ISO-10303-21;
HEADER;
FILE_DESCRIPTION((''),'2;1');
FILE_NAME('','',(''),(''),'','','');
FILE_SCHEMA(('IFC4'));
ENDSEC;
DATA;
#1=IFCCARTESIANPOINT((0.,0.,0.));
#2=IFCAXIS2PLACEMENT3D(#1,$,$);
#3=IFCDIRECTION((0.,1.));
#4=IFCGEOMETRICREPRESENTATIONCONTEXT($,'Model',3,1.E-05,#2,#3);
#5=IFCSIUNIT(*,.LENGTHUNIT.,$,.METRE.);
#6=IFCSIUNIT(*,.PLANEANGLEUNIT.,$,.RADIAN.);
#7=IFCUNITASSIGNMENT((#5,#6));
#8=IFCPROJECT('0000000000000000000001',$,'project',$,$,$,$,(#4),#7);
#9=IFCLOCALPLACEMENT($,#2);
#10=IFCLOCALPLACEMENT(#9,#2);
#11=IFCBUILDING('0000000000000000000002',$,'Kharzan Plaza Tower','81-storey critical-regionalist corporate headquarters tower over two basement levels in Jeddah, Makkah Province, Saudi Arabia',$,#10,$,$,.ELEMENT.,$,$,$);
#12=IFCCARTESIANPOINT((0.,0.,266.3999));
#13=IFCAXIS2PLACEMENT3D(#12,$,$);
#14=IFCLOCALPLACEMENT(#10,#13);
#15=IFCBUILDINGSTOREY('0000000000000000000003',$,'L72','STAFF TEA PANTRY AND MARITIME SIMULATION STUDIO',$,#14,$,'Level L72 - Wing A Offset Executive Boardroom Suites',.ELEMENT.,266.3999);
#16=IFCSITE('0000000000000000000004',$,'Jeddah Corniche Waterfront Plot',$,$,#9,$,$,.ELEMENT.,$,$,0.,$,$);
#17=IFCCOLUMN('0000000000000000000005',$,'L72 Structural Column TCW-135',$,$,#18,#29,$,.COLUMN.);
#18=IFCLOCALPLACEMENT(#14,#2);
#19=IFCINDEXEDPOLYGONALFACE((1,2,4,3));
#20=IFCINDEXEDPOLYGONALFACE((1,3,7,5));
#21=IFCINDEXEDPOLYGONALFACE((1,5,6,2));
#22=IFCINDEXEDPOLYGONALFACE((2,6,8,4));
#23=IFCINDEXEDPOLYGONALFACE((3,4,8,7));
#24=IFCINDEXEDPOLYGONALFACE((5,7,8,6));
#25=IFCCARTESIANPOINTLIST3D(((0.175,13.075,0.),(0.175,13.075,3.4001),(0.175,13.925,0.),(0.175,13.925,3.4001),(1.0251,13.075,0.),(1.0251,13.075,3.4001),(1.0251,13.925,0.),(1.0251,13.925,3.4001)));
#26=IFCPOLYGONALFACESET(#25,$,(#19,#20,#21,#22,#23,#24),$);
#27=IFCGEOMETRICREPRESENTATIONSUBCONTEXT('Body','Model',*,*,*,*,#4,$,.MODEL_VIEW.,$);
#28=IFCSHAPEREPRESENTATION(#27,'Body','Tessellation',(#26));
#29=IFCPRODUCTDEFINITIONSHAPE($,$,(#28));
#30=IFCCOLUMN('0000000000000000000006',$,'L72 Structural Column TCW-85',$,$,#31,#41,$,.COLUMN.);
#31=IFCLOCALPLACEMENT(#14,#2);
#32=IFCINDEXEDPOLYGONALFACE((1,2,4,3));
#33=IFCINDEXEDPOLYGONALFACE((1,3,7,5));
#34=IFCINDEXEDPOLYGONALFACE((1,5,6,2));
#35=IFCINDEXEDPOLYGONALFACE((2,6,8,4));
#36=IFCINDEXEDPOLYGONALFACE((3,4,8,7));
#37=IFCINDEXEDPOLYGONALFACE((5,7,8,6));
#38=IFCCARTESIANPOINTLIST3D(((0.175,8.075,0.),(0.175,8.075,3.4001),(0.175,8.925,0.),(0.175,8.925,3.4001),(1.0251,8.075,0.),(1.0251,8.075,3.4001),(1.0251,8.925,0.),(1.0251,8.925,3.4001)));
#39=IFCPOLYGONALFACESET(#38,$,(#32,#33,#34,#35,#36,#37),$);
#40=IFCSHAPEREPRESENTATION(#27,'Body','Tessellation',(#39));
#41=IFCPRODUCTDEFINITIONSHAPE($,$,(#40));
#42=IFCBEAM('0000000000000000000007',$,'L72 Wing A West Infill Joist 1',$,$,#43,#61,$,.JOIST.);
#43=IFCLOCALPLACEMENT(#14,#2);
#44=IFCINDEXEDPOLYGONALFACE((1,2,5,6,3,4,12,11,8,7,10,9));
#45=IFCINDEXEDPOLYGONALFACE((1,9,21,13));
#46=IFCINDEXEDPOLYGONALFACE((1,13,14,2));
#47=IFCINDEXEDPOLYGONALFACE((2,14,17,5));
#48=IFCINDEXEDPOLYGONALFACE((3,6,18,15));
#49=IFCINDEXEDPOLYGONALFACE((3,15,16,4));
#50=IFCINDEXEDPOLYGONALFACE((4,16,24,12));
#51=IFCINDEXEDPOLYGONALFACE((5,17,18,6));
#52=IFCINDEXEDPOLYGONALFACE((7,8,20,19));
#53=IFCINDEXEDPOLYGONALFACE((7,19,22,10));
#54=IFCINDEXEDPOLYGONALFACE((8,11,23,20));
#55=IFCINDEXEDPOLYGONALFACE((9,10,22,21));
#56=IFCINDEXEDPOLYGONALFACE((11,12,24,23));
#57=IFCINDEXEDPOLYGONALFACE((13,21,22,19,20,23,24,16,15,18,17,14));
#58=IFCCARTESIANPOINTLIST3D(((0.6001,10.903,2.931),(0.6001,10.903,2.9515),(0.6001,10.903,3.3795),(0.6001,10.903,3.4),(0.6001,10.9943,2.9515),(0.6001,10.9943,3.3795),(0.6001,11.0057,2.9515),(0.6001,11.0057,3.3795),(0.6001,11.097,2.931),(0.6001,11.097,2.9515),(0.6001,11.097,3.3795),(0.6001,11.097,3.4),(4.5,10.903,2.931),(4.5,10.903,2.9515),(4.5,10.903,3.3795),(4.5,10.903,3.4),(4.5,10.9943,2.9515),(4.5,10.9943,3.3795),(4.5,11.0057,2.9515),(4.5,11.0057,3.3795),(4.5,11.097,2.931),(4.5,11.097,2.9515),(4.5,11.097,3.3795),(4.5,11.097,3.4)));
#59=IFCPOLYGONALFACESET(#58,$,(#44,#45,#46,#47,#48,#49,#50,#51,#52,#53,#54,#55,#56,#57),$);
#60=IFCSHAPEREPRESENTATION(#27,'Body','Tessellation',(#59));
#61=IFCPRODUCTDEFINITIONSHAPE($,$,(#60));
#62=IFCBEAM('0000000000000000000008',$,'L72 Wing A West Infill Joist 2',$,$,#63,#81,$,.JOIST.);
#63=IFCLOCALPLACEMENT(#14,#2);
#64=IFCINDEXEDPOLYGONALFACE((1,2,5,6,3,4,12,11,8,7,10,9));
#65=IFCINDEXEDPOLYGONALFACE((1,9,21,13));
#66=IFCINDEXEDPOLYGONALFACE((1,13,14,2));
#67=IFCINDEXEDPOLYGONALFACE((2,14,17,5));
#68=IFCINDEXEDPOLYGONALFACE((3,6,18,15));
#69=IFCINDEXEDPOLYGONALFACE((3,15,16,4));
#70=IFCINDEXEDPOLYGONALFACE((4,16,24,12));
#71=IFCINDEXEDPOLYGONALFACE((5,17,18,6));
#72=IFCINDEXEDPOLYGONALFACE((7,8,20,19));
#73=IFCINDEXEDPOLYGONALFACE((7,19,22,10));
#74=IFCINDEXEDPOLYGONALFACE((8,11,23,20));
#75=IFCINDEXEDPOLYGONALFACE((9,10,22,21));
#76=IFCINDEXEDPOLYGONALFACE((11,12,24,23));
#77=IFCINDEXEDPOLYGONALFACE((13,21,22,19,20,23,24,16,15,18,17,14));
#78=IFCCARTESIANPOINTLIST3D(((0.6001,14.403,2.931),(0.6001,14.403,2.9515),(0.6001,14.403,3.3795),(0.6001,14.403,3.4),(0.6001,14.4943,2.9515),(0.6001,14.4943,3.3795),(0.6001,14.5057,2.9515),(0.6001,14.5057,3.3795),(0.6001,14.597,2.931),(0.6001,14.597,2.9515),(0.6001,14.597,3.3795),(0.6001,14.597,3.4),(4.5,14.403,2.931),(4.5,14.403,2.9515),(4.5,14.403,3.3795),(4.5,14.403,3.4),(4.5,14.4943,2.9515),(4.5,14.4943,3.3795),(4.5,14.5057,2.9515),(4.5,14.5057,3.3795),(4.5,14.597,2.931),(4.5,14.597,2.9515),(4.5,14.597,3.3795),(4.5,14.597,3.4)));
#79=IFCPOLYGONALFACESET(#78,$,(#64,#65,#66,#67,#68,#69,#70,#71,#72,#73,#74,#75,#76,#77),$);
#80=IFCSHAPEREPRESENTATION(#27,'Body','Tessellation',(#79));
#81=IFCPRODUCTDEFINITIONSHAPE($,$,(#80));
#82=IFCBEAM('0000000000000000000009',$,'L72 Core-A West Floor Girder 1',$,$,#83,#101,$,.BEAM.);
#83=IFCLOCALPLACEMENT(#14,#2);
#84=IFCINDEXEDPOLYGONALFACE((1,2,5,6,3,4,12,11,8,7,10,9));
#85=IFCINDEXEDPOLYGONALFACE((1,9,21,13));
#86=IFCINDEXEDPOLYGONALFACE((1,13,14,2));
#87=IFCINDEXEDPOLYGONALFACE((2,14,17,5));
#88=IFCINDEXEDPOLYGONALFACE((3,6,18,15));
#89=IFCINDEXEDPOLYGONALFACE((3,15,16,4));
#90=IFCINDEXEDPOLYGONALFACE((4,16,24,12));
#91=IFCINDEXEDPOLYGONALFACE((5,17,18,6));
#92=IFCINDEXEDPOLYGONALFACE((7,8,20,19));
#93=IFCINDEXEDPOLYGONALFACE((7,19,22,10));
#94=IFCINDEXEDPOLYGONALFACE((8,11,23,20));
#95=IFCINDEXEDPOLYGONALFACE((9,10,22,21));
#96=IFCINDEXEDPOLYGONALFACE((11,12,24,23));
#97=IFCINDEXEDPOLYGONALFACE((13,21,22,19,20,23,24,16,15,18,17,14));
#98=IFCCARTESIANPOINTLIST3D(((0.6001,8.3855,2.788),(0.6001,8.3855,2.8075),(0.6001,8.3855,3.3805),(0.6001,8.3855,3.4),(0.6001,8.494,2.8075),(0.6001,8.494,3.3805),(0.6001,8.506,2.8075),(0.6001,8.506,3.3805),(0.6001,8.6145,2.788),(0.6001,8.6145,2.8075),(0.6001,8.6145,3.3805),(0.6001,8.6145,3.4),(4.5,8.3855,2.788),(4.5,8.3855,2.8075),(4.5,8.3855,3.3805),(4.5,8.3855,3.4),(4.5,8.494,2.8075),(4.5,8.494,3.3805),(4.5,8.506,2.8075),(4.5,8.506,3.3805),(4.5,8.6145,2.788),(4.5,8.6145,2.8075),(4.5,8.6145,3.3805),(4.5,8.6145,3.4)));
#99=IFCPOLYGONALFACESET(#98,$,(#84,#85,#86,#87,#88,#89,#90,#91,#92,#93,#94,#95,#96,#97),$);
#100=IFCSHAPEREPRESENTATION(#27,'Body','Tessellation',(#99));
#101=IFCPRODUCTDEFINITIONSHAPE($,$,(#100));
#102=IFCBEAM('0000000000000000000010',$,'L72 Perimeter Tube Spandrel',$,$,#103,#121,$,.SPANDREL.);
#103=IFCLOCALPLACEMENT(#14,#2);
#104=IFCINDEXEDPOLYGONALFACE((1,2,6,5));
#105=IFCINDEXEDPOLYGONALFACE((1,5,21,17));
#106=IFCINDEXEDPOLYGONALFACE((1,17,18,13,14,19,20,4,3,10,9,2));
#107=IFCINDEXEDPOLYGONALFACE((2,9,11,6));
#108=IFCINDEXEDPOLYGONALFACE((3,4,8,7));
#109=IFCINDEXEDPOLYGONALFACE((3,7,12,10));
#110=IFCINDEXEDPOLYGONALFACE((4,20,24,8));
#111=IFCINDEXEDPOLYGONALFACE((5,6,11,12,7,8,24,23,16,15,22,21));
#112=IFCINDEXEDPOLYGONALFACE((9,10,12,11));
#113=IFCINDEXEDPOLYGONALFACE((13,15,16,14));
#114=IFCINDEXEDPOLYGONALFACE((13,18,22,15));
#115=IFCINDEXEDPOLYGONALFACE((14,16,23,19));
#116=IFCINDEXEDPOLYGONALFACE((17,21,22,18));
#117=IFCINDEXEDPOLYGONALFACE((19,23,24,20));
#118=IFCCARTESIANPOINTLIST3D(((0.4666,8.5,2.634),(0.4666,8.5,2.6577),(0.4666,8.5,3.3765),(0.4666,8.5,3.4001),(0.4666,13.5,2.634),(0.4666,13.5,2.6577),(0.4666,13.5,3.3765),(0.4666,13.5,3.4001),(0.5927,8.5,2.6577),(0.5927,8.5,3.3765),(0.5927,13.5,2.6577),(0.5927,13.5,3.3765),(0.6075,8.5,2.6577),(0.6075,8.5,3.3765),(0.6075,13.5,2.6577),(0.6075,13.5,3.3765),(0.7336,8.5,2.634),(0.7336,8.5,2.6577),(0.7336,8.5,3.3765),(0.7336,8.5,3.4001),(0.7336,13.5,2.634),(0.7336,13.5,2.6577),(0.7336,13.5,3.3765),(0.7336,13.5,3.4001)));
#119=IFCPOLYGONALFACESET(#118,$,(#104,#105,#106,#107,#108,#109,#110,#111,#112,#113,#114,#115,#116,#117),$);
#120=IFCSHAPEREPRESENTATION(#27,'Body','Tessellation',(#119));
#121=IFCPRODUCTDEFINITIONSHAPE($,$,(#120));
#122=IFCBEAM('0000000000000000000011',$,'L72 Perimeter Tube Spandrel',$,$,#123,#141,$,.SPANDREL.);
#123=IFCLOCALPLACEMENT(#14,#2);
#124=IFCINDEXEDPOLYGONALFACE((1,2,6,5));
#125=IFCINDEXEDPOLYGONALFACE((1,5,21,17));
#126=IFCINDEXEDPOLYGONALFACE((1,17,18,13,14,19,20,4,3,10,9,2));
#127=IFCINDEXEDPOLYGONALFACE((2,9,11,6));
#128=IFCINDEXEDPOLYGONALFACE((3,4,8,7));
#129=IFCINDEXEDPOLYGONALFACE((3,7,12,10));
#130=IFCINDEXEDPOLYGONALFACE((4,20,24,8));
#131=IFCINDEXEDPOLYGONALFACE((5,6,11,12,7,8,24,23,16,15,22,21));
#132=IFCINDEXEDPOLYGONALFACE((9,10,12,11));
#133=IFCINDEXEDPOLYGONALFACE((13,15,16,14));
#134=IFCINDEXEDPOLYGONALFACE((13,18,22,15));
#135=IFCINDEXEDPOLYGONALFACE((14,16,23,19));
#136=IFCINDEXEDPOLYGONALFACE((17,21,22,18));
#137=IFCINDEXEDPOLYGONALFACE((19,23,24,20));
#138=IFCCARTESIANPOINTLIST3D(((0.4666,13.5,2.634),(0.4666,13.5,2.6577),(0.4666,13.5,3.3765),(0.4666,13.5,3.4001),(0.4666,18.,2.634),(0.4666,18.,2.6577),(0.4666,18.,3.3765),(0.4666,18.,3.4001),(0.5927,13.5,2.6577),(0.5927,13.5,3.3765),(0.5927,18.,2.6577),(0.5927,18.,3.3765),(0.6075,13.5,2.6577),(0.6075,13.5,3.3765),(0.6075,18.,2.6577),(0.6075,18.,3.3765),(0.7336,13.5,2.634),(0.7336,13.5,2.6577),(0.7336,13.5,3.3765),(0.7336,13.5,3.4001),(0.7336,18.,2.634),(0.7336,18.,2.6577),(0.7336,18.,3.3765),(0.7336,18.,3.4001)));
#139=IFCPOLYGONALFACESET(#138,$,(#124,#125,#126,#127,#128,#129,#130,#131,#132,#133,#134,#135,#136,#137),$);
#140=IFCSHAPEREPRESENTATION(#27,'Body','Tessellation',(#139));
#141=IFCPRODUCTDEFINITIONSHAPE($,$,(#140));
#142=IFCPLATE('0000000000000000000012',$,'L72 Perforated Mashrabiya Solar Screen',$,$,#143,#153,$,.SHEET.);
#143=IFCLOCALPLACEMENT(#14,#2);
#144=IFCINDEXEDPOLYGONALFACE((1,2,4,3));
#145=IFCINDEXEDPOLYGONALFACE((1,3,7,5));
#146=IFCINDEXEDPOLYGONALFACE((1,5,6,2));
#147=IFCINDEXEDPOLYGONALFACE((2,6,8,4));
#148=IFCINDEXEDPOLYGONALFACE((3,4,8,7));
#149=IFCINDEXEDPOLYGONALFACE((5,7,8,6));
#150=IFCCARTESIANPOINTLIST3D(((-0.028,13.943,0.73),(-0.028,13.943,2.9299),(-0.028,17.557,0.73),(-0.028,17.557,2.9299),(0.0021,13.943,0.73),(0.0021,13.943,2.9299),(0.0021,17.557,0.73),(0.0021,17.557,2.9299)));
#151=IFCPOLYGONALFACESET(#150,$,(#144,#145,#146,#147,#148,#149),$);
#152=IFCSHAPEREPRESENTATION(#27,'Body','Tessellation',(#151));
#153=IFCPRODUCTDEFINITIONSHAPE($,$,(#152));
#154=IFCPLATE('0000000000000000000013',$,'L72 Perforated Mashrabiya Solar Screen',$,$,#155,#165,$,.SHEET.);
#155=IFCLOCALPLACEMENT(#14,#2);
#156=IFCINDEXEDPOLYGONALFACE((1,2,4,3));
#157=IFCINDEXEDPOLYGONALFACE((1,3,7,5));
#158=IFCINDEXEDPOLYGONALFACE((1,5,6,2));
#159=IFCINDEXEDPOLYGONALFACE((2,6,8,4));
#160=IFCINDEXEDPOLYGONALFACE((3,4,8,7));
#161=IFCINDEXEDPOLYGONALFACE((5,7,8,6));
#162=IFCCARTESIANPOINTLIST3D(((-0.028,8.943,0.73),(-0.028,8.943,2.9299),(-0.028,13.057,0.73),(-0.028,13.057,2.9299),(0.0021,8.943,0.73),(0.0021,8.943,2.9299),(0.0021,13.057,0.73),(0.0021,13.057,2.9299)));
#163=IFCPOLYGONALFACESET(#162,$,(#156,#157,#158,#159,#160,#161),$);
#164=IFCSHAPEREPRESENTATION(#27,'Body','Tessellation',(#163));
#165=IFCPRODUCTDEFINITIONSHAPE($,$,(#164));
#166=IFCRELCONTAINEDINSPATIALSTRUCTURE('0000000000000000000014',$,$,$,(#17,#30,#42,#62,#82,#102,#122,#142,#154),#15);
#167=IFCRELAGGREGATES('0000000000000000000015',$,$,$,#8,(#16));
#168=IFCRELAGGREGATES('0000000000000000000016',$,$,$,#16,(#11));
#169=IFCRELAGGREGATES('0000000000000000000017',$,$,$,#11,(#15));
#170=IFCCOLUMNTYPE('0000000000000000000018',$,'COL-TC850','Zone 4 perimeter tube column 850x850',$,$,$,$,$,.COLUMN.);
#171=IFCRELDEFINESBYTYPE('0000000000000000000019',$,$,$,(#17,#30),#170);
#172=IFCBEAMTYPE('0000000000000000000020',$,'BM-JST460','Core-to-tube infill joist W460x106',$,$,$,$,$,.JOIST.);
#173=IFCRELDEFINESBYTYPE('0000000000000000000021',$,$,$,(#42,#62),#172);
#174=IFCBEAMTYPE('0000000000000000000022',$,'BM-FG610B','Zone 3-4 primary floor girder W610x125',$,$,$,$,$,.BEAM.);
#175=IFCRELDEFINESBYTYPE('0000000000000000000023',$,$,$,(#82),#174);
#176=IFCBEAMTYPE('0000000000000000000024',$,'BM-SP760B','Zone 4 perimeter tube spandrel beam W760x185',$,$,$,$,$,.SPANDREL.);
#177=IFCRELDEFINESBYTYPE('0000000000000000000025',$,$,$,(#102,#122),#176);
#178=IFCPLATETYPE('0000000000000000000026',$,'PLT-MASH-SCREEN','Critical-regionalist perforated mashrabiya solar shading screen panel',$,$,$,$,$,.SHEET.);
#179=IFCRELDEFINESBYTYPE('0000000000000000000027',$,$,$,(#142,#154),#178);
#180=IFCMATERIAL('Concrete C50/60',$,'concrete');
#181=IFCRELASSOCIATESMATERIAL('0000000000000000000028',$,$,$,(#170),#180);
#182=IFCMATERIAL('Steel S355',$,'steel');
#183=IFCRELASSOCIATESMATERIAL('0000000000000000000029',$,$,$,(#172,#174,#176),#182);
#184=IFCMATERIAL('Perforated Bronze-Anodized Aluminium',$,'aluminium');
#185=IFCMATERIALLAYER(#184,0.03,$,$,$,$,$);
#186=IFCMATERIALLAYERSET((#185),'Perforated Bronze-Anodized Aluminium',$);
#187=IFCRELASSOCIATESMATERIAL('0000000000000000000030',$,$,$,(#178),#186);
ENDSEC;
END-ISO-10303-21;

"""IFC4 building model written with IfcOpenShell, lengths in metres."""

from ifc_helpers import new_model, si_unit, direction, frame, origin, origin_2d, place, context, subcontext, project, spatial, rectangle, i_section, extrude, source, transform, mapped, material, layer, layer_set, material_profile, profile_set, type_object, element, save


model = new_model("IFC4")

# Units and contexts
model_context = context("Model", 3, precision=1e-05, world=origin(), true_north=direction((0.0, 1.0)))
body_context = subcontext(model_context, "Body", "Model", "MODEL_VIEW")
ifc_project = project(units=[si_unit("LENGTHUNIT", "METRE"), si_unit("PLANEANGLEUNIT", "RADIAN")], contexts=[model_context])

# Site, building, storey
site_placement = place(None, origin())
site = spatial("IfcSite", under=ifc_project, at=site_placement, Name="Jeddah Corniche Waterfront Plot", CompositionType="ELEMENT", RefElevation=0.0)
building_placement = place(site_placement, origin())
building = spatial("IfcBuilding", under=site, at=building_placement, Name="Kharzan Plaza Tower", Description="81-storey critical-regionalist corporate headquarters tower over two basement levels in Jeddah, Makkah Province, Saudi Arabia", CompositionType="ELEMENT")
storey_placement = place(building_placement, frame((0.0, 0.0, 266.3999)))
storey = spatial("IfcBuildingStorey", under=building, at=storey_placement, Name="L72", Description="STAFF TEA PANTRY AND MARITIME SIMULATION STUDIO", LongName="Level L72 - Wing A Offset Executive Boardroom Suites", CompositionType="ELEMENT", Elevation=266.3999)

# Columns
ifc_material_1 = material(Name="Concrete C50/60", Category="concrete")
ifc_material_profile_1 = material_profile(ifc_material_1, rectangle(XDim=0.8501, YDim=0.8501, at=origin_2d()), Name="RC-TC850x850")
ifc_profile_set_1 = profile_set([ifc_material_profile_1], Name="Concrete C50/60")
column_type = type_object("IfcColumnType", Name="COL-TC850", Description="Zone 4 perimeter tube column 850x850", PredefinedType="COLUMN", material=ifc_profile_set_1)
shared_shape_1 = source(origin(), body_context, "Body", "SweptSolid", [
    extrude(rectangle(XDim=0.8501, YDim=0.8501, at=origin_2d()), origin(), (0.0, 0.0, 1.0), 3.4001),
])
for number, where, z_axis, x_axis, name in (
    (1, (0.6001, 13.5, 0.0), (0.0, 0.0, 1.0), (1.0, 0.0, 0.0), "L72 Structural Column TCW-135"),
    (2, (0.6001, 8.5, 0.0), (0.0, 0.0, 1.0), (1.0, 0.0, 0.0), "L72 Structural Column TCW-85"),
):
    element("IfcColumn", number, at=place(storey_placement, frame(where, z_axis=z_axis, x_axis=x_axis)), inside=storey, type_object=column_type, Name=name, PredefinedType="COLUMN", context=body_context, shape_type="MappedRepresentation", body=[
        mapped(shared_shape_1, transform((0.0, 0.0, 0.0), x_axis=(1.0, 0.0, 0.0), y_axis=(0.0, 1.0, 0.0), z_axis=(0.0, 0.0, 1.0))),
    ])

# Beams
ifc_material_2 = material(Name="Steel S355", Category="steel")
ifc_material_profile_2 = material_profile(ifc_material_2, i_section(OverallWidth=0.1941, OverallDepth=0.469, WebThickness=0.0115, FlangeThickness=0.0205, at=origin_2d()), Name="W460x106")
ifc_profile_set_2 = profile_set([ifc_material_profile_2], Name="Steel S355")
beam_type_1 = type_object("IfcBeamType", Name="BM-JST460", Description="Core-to-tube infill joist W460x106", PredefinedType="JOIST", material=ifc_profile_set_2)
shared_shape_2 = source(origin(), body_context, "Body", "SweptSolid", [
    extrude(i_section(OverallWidth=0.1941, OverallDepth=0.469, WebThickness=0.0115, FlangeThickness=0.0205, at=origin_2d()), origin(), (0.0, 0.0, 1.0), 3.8999),
])
for number, where, z_axis, x_axis, name in (
    (3, (0.6001, 11.0, 3.1655), (1.0, 0.0, 0.0), (0.0, 1.0, 0.0), "L72 Wing A West Infill Joist 1"),
    (4, (0.6001, 14.5, 3.1655), (1.0, 0.0, 0.0), (0.0, 1.0, 0.0), "L72 Wing A West Infill Joist 2"),
):
    element("IfcBeam", number, at=place(storey_placement, frame(where, z_axis=z_axis, x_axis=x_axis)), inside=storey, type_object=beam_type_1, Name=name, PredefinedType="JOIST", context=body_context, shape_type="MappedRepresentation", body=[
        mapped(shared_shape_2, transform((0.0, 0.0, 0.0), x_axis=(1.0, 0.0, 0.0), y_axis=(0.0, 1.0, 0.0), z_axis=(0.0, 0.0, 1.0))),
    ])
ifc_material_profile_3 = material_profile(ifc_material_2, i_section(OverallWidth=0.229, OverallDepth=0.6121, WebThickness=0.012, FlangeThickness=0.0195, at=origin_2d()), Name="W610x125")
ifc_profile_set_3 = profile_set([ifc_material_profile_3], Name="Steel S355")
beam_type_2 = type_object("IfcBeamType", Name="BM-FG610B", Description="Zone 3-4 primary floor girder W610x125", PredefinedType="BEAM", material=ifc_profile_set_3)
shared_shape_3 = source(origin(), body_context, "Body", "SweptSolid", [
    extrude(i_section(OverallWidth=0.229, OverallDepth=0.6121, WebThickness=0.012, FlangeThickness=0.0195, at=origin_2d()), origin(), (0.0, 0.0, 1.0), 3.8999),
])
beam_1_placement = place(storey_placement, frame((0.6001, 8.5, 3.094), z_axis=(1.0, 0.0, 0.0), x_axis=(0.0, 1.0, 0.0)))
element("IfcBeam", 5, at=beam_1_placement, inside=storey, type_object=beam_type_2, Name="L72 Core-A West Floor Girder 1", PredefinedType="BEAM", context=body_context, shape_type="MappedRepresentation", body=[
    mapped(shared_shape_3, transform((0.0, 0.0, 0.0), x_axis=(1.0, 0.0, 0.0), y_axis=(0.0, 1.0, 0.0), z_axis=(0.0, 0.0, 1.0))),
])
ifc_material_profile_4 = material_profile(ifc_material_2, i_section(OverallWidth=0.2671, OverallDepth=0.7661, WebThickness=0.0149, FlangeThickness=0.0237, at=origin_2d()), Name="W760x185")
ifc_profile_set_4 = profile_set([ifc_material_profile_4], Name="Steel S355")
beam_type_3 = type_object("IfcBeamType", Name="BM-SP760B", Description="Zone 4 perimeter tube spandrel beam W760x185", PredefinedType="SPANDREL", material=ifc_profile_set_4)
shared_shape_4 = source(origin(), body_context, "Body", "SweptSolid", [
    extrude(i_section(OverallWidth=0.2671, OverallDepth=0.7661, WebThickness=0.0149, FlangeThickness=0.0237, at=origin_2d()), origin(), (0.0, 0.0, 1.0), 5.0),
])
beam_2_placement = place(storey_placement, frame((0.6001, 8.5, 3.0171), z_axis=(0.0, 1.0, 0.0), x_axis=(-1.0, 0.0, 0.0)))
element("IfcBeam", 6, at=beam_2_placement, inside=storey, type_object=beam_type_3, Name="L72 Perimeter Tube Spandrel", PredefinedType="SPANDREL", context=body_context, shape_type="MappedRepresentation", body=[
    mapped(shared_shape_4, transform((0.0, 0.0, 0.0), x_axis=(1.0, 0.0, 0.0), y_axis=(0.0, 1.0, 0.0), z_axis=(0.0, 0.0, 1.0))),
])
shared_shape_5 = source(origin(), body_context, "Body", "SweptSolid", [
    extrude(i_section(OverallWidth=0.2671, OverallDepth=0.7661, WebThickness=0.0149, FlangeThickness=0.0237, at=origin_2d()), origin(), (0.0, 0.0, 1.0), 4.5),
])
beam_3_placement = place(storey_placement, frame((0.6001, 13.5, 3.0171), z_axis=(0.0, 1.0, 0.0), x_axis=(-1.0, 0.0, 0.0)))
element("IfcBeam", 7, at=beam_3_placement, inside=storey, type_object=beam_type_3, Name="L72 Perimeter Tube Spandrel", PredefinedType="SPANDREL", context=body_context, shape_type="MappedRepresentation", body=[
    mapped(shared_shape_5, transform((0.0, 0.0, 0.0), x_axis=(1.0, 0.0, 0.0), y_axis=(0.0, 1.0, 0.0), z_axis=(0.0, 0.0, 1.0))),
])

# Plates
ifc_material_3 = material(Name="Perforated Bronze-Anodized Aluminium", Category="aluminium")
ifc_layer_1 = layer(ifc_material_3, 0.03)
ifc_layer_set_1 = layer_set([ifc_layer_1], Name="Perforated Bronze-Anodized Aluminium")
plate_type = type_object("IfcPlateType", Name="PLT-MASH-SCREEN", Description="Critical-regionalist perforated mashrabiya solar shading screen panel", PredefinedType="SHEET", material=ifc_layer_set_1)
shared_shape_6 = source(origin(), body_context, "Body", "SweptSolid", [
    extrude(rectangle(XDim=3.614, YDim=0.03, at=origin_2d()), origin(), (0.0, 0.0, 1.0), 2.2),
])
plate_1_placement = place(storey_placement, frame((-0.0129, 15.75, 0.73), z_axis=(0.0, 0.0, 1.0), x_axis=(0.0, -1.0, 0.0)))
element("IfcPlate", 8, at=plate_1_placement, inside=storey, type_object=plate_type, Name="L72 Perforated Mashrabiya Solar Screen", PredefinedType="SHEET", context=body_context, shape_type="MappedRepresentation", body=[
    mapped(shared_shape_6, transform((0.0, 0.0, 0.0), x_axis=(1.0, 0.0, 0.0), y_axis=(0.0, 1.0, 0.0), z_axis=(0.0, 0.0, 1.0))),
])
shared_shape_7 = source(origin(), body_context, "Body", "SweptSolid", [
    extrude(rectangle(XDim=4.114, YDim=0.03, at=origin_2d()), origin(), (0.0, 0.0, 1.0), 2.2),
])
plate_2_placement = place(storey_placement, frame((-0.0129, 11.0, 0.73), z_axis=(0.0, 0.0, 1.0), x_axis=(0.0, -1.0, 0.0)))
element("IfcPlate", 9, at=plate_2_placement, inside=storey, type_object=plate_type, Name="L72 Perforated Mashrabiya Solar Screen", PredefinedType="SHEET", context=body_context, shape_type="MappedRepresentation", body=[
    mapped(shared_shape_7, transform((0.0, 0.0, 0.0), x_axis=(1.0, 0.0, 0.0), y_axis=(0.0, 1.0, 0.0), z_axis=(0.0, 0.0, 1.0))),
])

save(model, "model.ifc")
